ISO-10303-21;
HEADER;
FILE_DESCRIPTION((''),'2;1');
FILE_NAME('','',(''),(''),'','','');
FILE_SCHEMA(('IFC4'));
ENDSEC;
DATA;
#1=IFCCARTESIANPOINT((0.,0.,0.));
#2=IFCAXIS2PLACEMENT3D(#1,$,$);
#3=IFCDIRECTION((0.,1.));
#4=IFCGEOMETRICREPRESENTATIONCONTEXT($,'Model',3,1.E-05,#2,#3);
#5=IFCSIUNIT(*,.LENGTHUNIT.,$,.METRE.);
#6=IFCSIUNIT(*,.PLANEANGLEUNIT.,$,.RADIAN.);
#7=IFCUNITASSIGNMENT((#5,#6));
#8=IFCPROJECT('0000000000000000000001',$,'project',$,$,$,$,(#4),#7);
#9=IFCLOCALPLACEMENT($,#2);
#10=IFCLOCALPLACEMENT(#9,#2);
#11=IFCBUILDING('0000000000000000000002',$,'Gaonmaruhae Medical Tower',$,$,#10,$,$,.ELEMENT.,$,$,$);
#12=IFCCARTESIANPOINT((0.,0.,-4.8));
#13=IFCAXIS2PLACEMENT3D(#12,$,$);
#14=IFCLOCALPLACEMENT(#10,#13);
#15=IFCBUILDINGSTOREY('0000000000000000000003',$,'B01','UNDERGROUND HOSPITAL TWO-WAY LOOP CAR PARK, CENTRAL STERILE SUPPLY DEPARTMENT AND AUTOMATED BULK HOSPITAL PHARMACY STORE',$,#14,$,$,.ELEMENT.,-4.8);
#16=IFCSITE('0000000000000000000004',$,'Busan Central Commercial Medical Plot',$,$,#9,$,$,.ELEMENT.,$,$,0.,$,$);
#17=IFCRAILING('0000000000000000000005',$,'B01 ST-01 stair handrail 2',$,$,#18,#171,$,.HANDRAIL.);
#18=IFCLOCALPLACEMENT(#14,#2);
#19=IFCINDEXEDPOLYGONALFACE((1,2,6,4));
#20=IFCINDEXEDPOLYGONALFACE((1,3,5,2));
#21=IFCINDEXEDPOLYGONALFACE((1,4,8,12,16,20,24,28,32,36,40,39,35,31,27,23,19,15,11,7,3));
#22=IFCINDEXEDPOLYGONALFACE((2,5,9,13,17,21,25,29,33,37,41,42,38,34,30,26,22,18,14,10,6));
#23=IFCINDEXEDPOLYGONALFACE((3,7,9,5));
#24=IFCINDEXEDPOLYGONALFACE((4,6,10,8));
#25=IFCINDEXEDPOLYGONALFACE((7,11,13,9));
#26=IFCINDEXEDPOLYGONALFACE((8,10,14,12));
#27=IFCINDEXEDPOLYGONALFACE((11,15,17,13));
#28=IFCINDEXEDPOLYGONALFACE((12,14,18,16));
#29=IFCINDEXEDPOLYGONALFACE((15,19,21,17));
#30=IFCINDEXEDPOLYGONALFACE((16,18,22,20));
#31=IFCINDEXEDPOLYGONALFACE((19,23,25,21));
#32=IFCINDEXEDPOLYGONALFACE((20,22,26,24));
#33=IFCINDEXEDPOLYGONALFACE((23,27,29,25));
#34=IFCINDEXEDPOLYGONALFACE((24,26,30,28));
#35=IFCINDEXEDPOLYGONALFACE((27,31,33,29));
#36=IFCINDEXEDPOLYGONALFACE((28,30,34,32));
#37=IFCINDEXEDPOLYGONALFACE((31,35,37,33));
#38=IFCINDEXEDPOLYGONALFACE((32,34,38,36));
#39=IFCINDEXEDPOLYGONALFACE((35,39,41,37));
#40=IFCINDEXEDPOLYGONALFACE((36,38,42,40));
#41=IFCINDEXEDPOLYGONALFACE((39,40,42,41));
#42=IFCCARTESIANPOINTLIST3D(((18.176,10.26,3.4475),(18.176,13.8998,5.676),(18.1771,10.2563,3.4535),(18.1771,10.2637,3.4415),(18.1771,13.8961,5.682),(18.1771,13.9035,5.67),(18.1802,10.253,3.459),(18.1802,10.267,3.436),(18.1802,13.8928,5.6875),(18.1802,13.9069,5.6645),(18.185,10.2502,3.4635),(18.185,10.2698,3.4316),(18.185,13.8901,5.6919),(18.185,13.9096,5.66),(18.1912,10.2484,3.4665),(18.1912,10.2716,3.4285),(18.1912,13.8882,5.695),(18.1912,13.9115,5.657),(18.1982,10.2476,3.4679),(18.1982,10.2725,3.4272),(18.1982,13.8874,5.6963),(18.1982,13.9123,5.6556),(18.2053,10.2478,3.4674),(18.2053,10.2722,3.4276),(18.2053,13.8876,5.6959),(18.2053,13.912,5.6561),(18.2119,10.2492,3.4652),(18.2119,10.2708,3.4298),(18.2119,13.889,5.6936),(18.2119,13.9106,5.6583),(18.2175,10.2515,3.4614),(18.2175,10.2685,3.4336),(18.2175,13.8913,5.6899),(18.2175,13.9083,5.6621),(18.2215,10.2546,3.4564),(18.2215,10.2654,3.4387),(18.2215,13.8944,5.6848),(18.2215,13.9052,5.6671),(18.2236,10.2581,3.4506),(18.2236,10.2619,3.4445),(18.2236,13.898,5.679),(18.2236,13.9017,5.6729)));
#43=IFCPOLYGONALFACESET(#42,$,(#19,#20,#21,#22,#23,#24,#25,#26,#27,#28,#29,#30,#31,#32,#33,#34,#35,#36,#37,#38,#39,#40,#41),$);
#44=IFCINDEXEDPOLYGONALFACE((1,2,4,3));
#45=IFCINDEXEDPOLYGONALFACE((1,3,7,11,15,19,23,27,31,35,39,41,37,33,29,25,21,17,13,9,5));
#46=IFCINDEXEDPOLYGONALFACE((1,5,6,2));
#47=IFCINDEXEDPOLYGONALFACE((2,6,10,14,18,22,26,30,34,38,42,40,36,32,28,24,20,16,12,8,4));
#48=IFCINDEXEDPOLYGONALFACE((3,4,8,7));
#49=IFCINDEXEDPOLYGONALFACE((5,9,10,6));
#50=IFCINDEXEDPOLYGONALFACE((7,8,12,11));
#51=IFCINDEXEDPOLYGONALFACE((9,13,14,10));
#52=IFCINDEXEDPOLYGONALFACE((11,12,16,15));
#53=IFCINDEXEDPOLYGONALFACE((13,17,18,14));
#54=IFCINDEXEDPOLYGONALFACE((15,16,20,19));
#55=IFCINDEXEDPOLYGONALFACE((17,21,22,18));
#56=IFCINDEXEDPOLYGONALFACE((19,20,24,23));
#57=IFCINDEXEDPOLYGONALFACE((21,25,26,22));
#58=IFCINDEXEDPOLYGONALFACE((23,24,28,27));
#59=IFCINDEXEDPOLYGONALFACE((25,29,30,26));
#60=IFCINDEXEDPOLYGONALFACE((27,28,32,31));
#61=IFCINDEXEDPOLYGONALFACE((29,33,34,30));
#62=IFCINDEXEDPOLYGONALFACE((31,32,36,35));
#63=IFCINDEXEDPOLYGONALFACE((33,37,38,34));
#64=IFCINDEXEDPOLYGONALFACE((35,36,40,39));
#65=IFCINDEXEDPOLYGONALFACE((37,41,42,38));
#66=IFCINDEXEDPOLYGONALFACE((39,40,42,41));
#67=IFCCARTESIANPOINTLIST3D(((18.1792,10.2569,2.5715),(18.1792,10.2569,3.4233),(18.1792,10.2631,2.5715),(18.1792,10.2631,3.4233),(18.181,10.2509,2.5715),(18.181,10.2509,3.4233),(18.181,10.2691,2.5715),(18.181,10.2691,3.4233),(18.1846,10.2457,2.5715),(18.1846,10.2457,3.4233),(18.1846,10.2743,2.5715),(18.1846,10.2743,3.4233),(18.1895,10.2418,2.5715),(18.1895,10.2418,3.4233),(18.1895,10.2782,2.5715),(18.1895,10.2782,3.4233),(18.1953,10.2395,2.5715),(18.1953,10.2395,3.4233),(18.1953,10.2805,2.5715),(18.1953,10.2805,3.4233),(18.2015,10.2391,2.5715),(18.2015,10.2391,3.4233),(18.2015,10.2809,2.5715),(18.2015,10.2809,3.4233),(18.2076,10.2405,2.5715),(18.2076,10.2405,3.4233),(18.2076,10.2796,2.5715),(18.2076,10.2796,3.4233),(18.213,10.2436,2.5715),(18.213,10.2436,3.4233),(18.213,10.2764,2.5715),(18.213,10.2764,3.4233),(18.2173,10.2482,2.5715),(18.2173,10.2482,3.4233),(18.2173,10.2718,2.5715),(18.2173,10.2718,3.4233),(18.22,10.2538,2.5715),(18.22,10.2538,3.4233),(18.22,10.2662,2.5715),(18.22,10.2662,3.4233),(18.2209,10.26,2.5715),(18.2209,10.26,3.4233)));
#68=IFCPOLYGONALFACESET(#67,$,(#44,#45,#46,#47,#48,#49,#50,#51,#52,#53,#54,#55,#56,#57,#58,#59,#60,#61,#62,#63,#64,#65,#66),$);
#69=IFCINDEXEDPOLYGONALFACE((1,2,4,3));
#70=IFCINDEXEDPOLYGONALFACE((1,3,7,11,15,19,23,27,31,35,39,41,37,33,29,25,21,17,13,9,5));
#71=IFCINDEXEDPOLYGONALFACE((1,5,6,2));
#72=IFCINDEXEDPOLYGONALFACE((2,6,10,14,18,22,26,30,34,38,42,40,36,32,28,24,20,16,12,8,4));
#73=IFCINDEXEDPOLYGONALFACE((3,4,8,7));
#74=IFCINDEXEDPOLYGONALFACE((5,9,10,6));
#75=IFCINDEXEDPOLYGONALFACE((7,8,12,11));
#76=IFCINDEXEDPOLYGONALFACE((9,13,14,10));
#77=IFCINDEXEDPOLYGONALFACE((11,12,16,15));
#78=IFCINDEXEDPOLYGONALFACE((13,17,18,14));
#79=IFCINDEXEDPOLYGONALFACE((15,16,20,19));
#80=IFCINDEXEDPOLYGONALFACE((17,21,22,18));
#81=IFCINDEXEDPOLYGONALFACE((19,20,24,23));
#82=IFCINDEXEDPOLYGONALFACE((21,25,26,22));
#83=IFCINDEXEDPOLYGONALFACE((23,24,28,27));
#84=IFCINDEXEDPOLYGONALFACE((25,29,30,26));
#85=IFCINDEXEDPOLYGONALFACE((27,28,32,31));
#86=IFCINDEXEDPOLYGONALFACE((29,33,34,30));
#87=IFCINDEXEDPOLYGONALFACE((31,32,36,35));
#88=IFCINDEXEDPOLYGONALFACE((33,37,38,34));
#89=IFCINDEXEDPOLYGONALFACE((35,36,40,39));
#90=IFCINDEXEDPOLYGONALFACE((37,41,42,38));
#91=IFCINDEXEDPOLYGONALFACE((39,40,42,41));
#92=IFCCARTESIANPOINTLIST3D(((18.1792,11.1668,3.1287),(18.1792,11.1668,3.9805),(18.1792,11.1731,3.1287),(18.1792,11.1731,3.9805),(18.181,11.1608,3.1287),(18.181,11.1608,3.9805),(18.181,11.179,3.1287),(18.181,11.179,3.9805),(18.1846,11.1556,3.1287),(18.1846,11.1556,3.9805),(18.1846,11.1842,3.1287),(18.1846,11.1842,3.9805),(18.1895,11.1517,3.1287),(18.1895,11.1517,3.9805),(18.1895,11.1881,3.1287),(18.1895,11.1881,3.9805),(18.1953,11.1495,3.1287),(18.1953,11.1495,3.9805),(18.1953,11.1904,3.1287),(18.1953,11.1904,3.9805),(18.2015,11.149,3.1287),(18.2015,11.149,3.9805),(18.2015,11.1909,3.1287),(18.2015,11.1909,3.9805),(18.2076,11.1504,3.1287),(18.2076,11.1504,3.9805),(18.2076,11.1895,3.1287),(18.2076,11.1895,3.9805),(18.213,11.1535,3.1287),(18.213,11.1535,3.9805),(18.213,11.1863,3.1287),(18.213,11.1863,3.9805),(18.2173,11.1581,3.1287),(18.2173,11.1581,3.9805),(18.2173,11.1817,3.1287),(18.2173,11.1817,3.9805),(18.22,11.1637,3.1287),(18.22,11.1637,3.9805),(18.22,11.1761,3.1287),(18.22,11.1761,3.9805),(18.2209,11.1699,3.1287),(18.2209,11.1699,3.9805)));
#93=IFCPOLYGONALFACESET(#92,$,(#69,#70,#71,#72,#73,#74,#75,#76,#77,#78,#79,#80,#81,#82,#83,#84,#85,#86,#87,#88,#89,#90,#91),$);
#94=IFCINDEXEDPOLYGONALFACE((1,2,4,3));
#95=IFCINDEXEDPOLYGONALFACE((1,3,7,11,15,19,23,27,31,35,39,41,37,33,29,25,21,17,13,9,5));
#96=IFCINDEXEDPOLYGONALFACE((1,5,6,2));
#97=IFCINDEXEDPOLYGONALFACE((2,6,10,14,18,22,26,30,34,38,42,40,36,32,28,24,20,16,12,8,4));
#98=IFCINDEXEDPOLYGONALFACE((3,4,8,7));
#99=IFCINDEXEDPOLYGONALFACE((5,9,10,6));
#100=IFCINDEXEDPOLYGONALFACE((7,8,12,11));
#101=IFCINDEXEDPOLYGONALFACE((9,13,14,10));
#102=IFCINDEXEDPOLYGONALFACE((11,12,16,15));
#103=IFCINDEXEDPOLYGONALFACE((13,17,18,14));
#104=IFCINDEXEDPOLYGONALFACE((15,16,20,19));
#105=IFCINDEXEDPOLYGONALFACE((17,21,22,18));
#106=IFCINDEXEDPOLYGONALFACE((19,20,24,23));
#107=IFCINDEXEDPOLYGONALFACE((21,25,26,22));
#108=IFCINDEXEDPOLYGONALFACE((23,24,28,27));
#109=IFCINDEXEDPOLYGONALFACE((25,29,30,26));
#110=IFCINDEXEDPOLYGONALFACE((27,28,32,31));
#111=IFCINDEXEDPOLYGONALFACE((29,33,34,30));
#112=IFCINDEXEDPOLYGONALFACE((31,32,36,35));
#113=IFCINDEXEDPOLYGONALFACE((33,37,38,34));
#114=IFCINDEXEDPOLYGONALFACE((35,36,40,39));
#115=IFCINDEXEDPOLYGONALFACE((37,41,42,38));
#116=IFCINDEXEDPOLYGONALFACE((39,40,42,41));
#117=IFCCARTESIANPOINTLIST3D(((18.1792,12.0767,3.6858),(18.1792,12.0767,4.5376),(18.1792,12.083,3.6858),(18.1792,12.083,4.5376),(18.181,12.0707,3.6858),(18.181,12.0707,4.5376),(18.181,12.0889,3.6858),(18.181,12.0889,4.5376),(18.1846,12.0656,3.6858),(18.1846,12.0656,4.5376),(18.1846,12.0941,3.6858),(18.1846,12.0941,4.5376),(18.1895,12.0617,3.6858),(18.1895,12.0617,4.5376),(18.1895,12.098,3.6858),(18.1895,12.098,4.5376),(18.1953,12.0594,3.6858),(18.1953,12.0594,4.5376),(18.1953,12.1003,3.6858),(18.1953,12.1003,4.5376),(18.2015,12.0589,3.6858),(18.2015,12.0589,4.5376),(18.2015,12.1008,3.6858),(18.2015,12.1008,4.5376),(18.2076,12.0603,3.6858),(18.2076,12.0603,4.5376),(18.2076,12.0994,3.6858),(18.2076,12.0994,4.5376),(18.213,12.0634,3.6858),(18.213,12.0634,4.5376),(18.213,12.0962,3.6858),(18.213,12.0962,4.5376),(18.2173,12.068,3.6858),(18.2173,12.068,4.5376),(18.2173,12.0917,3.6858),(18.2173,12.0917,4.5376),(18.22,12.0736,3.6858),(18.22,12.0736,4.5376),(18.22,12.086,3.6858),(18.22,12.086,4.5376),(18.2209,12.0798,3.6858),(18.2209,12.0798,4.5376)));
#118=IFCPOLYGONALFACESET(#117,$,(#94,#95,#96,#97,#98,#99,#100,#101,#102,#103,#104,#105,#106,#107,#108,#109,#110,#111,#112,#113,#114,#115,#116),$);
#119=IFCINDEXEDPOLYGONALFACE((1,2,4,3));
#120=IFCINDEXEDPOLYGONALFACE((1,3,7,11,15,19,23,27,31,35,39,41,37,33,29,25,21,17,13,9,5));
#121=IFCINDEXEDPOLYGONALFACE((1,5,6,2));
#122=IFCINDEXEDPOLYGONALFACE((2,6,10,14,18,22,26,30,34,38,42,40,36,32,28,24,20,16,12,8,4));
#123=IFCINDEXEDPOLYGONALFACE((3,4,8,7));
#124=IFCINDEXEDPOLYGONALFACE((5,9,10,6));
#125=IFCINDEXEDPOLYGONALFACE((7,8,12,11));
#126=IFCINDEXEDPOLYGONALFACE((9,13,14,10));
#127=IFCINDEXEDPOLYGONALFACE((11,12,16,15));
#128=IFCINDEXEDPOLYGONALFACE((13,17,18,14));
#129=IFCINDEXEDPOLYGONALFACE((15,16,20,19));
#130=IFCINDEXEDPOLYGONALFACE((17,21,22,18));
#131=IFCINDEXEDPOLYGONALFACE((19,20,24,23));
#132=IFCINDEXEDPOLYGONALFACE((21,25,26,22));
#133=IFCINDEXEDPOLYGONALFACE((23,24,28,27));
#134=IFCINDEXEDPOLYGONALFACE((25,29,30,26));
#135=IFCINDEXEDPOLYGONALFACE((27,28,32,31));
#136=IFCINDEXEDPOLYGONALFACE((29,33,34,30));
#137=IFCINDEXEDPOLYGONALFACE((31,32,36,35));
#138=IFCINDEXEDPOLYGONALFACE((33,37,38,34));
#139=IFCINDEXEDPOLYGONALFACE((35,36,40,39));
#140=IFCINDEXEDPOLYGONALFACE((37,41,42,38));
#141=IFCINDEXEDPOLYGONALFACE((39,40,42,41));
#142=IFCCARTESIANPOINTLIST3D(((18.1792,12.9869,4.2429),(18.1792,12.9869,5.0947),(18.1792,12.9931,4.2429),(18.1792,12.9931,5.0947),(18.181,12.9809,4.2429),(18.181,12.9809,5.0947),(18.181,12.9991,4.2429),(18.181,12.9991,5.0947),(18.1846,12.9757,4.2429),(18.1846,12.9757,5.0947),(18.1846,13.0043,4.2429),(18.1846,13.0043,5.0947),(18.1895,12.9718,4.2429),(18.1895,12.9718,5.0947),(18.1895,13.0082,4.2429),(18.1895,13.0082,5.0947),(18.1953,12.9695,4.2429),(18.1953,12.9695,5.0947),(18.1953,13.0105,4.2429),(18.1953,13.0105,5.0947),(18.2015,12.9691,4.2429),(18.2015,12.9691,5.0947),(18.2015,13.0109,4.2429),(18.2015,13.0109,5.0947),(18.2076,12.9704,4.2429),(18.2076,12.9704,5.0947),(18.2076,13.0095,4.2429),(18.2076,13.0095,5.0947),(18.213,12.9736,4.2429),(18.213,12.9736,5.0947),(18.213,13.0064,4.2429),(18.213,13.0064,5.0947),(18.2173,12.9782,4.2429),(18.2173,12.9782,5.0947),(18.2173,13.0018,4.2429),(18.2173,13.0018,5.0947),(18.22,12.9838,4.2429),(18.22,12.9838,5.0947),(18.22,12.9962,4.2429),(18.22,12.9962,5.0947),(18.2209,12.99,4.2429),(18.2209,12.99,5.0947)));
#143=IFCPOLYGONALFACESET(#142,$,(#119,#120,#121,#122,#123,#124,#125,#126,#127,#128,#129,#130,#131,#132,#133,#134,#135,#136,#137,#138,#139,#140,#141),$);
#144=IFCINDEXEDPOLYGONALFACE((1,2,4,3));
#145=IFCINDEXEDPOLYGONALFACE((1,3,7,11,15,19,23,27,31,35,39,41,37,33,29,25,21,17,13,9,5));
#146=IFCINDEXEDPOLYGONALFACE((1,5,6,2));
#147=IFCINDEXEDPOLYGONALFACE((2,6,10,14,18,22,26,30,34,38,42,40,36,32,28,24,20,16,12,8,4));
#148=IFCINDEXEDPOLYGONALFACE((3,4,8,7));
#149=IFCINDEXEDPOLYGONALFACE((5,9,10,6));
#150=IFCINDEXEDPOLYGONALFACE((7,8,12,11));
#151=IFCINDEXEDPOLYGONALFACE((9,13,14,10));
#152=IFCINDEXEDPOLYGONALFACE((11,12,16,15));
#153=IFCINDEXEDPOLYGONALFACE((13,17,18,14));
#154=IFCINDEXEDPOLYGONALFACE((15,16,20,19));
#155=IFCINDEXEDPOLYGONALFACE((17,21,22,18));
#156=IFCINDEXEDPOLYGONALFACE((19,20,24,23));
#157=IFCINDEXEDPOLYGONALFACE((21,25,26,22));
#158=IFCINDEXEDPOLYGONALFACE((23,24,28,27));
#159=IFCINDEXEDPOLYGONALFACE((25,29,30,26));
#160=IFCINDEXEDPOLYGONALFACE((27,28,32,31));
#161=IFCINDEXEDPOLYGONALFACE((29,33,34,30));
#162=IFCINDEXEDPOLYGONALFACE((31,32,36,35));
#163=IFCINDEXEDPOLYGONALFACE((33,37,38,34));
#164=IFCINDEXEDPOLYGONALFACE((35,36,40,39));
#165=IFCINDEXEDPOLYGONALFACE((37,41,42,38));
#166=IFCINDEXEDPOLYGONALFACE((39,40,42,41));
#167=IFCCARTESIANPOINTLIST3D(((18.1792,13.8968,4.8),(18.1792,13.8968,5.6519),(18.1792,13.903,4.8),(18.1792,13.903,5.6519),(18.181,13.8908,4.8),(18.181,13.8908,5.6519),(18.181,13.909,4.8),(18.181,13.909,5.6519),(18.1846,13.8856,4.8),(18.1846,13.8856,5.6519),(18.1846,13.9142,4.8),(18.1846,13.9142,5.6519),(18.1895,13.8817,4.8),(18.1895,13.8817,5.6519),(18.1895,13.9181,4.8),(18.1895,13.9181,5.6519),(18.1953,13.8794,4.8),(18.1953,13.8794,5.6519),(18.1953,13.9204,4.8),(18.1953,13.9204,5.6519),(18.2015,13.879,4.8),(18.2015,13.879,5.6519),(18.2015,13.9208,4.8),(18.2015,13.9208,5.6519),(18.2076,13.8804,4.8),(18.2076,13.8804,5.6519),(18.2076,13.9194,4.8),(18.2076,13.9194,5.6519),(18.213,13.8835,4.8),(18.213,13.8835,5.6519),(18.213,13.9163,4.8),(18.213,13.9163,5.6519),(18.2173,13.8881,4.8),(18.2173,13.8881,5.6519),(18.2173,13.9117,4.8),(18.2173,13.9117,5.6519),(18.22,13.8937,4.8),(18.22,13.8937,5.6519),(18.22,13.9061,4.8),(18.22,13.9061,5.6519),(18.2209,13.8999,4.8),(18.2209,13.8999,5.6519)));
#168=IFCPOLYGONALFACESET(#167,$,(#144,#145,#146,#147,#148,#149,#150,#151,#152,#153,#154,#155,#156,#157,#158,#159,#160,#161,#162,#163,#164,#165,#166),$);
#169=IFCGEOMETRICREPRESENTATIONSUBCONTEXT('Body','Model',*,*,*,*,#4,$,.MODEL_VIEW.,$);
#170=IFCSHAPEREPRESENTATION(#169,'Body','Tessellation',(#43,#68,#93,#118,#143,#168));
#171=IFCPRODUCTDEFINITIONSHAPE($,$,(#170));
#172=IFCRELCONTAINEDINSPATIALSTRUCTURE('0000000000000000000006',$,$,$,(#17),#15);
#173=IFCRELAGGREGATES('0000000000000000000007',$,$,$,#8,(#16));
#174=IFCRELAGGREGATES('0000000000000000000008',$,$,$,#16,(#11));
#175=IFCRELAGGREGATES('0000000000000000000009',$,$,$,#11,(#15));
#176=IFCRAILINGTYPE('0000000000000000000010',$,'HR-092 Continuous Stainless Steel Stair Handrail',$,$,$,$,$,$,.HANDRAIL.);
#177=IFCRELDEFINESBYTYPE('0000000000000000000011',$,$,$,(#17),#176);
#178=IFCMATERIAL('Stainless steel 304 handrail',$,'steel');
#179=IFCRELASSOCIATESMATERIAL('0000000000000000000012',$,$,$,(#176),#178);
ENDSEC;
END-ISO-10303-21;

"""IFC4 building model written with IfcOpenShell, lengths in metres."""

from ifc_helpers import new_model, si_unit, direction, frame, origin, origin_2d, place, context, subcontext, project, spatial, circle, extrude, material, type_object, element, save


model = new_model("IFC4")

# Units and contexts
model_context = context("Model", 3, precision=1e-05, world=origin(), true_north=direction((0.0, 1.0)))
body_context = subcontext(model_context, "Body", "Model", "MODEL_VIEW")
ifc_project = project(units=[si_unit("LENGTHUNIT", "METRE"), si_unit("PLANEANGLEUNIT", "RADIAN")], contexts=[model_context])

# Site, building, storey
site_placement = place(None, origin())
site = spatial("IfcSite", under=ifc_project, at=site_placement, Name="Busan Central Commercial Medical Plot", CompositionType="ELEMENT", RefElevation=0.0)
building_placement = place(site_placement, origin())
building = spatial("IfcBuilding", under=site, at=building_placement, Name="Gaonmaruhae Medical Tower", CompositionType="ELEMENT")
storey_placement = place(building_placement, frame((0.0, 0.0, -4.8)))
storey = spatial("IfcBuildingStorey", under=building, at=storey_placement, Name="B01", Description="UNDERGROUND HOSPITAL TWO-WAY LOOP CAR PARK, CENTRAL STERILE SUPPLY DEPARTMENT AND AUTOMATED BULK HOSPITAL PHARMACY STORE", CompositionType="ELEMENT", Elevation=-4.8)

# Railing
ifc_material_1 = material(Name="Stainless steel 304 handrail", Category="steel")
railing_type_1 = type_object("IfcRailingType", Name="HR-092 Continuous Stainless Steel Stair Handrail", PredefinedType="HANDRAIL", material=ifc_material_1)
railing_1_placement = place(storey_placement, frame((18.2, 10.26, 2.5715)))
element("IfcRailing", 1, at=railing_1_placement, inside=storey, type_object=railing_type_1, Name="B01 ST-01 stair handrail 2", PredefinedType="HANDRAIL", context=body_context, shape_type="SweptSolid", body=[
    extrude(circle(Radius=0.0239, at=origin_2d()), frame((0.0, 0.0, 0.876), z_axis=(0.0, 0.85285, 0.522156), x_axis=(-1.0, 0.0, 0.0)), (0.0, 0.0, 1.0), 4.2678),
    extrude(circle(Radius=0.021, at=origin_2d()), origin(), (0.0, 0.0, 1.0), 0.8518),
    extrude(circle(Radius=0.021, at=origin_2d()), frame((0.0, 0.9099, 0.5571)), (0.0, 0.0, 1.0), 0.8518),
    extrude(circle(Radius=0.021, at=origin_2d()), frame((0.0, 1.8198, 1.1143)), (0.0, 0.0, 1.0), 0.8518),
    extrude(circle(Radius=0.021, at=origin_2d()), frame((0.0, 2.73, 1.6714)), (0.0, 0.0, 1.0), 0.8518),
    extrude(circle(Radius=0.021, at=origin_2d()), frame((0.0, 3.6399, 2.2285)), (0.0, 0.0, 1.0), 0.8518),
])

save(model, "model.ifc")
